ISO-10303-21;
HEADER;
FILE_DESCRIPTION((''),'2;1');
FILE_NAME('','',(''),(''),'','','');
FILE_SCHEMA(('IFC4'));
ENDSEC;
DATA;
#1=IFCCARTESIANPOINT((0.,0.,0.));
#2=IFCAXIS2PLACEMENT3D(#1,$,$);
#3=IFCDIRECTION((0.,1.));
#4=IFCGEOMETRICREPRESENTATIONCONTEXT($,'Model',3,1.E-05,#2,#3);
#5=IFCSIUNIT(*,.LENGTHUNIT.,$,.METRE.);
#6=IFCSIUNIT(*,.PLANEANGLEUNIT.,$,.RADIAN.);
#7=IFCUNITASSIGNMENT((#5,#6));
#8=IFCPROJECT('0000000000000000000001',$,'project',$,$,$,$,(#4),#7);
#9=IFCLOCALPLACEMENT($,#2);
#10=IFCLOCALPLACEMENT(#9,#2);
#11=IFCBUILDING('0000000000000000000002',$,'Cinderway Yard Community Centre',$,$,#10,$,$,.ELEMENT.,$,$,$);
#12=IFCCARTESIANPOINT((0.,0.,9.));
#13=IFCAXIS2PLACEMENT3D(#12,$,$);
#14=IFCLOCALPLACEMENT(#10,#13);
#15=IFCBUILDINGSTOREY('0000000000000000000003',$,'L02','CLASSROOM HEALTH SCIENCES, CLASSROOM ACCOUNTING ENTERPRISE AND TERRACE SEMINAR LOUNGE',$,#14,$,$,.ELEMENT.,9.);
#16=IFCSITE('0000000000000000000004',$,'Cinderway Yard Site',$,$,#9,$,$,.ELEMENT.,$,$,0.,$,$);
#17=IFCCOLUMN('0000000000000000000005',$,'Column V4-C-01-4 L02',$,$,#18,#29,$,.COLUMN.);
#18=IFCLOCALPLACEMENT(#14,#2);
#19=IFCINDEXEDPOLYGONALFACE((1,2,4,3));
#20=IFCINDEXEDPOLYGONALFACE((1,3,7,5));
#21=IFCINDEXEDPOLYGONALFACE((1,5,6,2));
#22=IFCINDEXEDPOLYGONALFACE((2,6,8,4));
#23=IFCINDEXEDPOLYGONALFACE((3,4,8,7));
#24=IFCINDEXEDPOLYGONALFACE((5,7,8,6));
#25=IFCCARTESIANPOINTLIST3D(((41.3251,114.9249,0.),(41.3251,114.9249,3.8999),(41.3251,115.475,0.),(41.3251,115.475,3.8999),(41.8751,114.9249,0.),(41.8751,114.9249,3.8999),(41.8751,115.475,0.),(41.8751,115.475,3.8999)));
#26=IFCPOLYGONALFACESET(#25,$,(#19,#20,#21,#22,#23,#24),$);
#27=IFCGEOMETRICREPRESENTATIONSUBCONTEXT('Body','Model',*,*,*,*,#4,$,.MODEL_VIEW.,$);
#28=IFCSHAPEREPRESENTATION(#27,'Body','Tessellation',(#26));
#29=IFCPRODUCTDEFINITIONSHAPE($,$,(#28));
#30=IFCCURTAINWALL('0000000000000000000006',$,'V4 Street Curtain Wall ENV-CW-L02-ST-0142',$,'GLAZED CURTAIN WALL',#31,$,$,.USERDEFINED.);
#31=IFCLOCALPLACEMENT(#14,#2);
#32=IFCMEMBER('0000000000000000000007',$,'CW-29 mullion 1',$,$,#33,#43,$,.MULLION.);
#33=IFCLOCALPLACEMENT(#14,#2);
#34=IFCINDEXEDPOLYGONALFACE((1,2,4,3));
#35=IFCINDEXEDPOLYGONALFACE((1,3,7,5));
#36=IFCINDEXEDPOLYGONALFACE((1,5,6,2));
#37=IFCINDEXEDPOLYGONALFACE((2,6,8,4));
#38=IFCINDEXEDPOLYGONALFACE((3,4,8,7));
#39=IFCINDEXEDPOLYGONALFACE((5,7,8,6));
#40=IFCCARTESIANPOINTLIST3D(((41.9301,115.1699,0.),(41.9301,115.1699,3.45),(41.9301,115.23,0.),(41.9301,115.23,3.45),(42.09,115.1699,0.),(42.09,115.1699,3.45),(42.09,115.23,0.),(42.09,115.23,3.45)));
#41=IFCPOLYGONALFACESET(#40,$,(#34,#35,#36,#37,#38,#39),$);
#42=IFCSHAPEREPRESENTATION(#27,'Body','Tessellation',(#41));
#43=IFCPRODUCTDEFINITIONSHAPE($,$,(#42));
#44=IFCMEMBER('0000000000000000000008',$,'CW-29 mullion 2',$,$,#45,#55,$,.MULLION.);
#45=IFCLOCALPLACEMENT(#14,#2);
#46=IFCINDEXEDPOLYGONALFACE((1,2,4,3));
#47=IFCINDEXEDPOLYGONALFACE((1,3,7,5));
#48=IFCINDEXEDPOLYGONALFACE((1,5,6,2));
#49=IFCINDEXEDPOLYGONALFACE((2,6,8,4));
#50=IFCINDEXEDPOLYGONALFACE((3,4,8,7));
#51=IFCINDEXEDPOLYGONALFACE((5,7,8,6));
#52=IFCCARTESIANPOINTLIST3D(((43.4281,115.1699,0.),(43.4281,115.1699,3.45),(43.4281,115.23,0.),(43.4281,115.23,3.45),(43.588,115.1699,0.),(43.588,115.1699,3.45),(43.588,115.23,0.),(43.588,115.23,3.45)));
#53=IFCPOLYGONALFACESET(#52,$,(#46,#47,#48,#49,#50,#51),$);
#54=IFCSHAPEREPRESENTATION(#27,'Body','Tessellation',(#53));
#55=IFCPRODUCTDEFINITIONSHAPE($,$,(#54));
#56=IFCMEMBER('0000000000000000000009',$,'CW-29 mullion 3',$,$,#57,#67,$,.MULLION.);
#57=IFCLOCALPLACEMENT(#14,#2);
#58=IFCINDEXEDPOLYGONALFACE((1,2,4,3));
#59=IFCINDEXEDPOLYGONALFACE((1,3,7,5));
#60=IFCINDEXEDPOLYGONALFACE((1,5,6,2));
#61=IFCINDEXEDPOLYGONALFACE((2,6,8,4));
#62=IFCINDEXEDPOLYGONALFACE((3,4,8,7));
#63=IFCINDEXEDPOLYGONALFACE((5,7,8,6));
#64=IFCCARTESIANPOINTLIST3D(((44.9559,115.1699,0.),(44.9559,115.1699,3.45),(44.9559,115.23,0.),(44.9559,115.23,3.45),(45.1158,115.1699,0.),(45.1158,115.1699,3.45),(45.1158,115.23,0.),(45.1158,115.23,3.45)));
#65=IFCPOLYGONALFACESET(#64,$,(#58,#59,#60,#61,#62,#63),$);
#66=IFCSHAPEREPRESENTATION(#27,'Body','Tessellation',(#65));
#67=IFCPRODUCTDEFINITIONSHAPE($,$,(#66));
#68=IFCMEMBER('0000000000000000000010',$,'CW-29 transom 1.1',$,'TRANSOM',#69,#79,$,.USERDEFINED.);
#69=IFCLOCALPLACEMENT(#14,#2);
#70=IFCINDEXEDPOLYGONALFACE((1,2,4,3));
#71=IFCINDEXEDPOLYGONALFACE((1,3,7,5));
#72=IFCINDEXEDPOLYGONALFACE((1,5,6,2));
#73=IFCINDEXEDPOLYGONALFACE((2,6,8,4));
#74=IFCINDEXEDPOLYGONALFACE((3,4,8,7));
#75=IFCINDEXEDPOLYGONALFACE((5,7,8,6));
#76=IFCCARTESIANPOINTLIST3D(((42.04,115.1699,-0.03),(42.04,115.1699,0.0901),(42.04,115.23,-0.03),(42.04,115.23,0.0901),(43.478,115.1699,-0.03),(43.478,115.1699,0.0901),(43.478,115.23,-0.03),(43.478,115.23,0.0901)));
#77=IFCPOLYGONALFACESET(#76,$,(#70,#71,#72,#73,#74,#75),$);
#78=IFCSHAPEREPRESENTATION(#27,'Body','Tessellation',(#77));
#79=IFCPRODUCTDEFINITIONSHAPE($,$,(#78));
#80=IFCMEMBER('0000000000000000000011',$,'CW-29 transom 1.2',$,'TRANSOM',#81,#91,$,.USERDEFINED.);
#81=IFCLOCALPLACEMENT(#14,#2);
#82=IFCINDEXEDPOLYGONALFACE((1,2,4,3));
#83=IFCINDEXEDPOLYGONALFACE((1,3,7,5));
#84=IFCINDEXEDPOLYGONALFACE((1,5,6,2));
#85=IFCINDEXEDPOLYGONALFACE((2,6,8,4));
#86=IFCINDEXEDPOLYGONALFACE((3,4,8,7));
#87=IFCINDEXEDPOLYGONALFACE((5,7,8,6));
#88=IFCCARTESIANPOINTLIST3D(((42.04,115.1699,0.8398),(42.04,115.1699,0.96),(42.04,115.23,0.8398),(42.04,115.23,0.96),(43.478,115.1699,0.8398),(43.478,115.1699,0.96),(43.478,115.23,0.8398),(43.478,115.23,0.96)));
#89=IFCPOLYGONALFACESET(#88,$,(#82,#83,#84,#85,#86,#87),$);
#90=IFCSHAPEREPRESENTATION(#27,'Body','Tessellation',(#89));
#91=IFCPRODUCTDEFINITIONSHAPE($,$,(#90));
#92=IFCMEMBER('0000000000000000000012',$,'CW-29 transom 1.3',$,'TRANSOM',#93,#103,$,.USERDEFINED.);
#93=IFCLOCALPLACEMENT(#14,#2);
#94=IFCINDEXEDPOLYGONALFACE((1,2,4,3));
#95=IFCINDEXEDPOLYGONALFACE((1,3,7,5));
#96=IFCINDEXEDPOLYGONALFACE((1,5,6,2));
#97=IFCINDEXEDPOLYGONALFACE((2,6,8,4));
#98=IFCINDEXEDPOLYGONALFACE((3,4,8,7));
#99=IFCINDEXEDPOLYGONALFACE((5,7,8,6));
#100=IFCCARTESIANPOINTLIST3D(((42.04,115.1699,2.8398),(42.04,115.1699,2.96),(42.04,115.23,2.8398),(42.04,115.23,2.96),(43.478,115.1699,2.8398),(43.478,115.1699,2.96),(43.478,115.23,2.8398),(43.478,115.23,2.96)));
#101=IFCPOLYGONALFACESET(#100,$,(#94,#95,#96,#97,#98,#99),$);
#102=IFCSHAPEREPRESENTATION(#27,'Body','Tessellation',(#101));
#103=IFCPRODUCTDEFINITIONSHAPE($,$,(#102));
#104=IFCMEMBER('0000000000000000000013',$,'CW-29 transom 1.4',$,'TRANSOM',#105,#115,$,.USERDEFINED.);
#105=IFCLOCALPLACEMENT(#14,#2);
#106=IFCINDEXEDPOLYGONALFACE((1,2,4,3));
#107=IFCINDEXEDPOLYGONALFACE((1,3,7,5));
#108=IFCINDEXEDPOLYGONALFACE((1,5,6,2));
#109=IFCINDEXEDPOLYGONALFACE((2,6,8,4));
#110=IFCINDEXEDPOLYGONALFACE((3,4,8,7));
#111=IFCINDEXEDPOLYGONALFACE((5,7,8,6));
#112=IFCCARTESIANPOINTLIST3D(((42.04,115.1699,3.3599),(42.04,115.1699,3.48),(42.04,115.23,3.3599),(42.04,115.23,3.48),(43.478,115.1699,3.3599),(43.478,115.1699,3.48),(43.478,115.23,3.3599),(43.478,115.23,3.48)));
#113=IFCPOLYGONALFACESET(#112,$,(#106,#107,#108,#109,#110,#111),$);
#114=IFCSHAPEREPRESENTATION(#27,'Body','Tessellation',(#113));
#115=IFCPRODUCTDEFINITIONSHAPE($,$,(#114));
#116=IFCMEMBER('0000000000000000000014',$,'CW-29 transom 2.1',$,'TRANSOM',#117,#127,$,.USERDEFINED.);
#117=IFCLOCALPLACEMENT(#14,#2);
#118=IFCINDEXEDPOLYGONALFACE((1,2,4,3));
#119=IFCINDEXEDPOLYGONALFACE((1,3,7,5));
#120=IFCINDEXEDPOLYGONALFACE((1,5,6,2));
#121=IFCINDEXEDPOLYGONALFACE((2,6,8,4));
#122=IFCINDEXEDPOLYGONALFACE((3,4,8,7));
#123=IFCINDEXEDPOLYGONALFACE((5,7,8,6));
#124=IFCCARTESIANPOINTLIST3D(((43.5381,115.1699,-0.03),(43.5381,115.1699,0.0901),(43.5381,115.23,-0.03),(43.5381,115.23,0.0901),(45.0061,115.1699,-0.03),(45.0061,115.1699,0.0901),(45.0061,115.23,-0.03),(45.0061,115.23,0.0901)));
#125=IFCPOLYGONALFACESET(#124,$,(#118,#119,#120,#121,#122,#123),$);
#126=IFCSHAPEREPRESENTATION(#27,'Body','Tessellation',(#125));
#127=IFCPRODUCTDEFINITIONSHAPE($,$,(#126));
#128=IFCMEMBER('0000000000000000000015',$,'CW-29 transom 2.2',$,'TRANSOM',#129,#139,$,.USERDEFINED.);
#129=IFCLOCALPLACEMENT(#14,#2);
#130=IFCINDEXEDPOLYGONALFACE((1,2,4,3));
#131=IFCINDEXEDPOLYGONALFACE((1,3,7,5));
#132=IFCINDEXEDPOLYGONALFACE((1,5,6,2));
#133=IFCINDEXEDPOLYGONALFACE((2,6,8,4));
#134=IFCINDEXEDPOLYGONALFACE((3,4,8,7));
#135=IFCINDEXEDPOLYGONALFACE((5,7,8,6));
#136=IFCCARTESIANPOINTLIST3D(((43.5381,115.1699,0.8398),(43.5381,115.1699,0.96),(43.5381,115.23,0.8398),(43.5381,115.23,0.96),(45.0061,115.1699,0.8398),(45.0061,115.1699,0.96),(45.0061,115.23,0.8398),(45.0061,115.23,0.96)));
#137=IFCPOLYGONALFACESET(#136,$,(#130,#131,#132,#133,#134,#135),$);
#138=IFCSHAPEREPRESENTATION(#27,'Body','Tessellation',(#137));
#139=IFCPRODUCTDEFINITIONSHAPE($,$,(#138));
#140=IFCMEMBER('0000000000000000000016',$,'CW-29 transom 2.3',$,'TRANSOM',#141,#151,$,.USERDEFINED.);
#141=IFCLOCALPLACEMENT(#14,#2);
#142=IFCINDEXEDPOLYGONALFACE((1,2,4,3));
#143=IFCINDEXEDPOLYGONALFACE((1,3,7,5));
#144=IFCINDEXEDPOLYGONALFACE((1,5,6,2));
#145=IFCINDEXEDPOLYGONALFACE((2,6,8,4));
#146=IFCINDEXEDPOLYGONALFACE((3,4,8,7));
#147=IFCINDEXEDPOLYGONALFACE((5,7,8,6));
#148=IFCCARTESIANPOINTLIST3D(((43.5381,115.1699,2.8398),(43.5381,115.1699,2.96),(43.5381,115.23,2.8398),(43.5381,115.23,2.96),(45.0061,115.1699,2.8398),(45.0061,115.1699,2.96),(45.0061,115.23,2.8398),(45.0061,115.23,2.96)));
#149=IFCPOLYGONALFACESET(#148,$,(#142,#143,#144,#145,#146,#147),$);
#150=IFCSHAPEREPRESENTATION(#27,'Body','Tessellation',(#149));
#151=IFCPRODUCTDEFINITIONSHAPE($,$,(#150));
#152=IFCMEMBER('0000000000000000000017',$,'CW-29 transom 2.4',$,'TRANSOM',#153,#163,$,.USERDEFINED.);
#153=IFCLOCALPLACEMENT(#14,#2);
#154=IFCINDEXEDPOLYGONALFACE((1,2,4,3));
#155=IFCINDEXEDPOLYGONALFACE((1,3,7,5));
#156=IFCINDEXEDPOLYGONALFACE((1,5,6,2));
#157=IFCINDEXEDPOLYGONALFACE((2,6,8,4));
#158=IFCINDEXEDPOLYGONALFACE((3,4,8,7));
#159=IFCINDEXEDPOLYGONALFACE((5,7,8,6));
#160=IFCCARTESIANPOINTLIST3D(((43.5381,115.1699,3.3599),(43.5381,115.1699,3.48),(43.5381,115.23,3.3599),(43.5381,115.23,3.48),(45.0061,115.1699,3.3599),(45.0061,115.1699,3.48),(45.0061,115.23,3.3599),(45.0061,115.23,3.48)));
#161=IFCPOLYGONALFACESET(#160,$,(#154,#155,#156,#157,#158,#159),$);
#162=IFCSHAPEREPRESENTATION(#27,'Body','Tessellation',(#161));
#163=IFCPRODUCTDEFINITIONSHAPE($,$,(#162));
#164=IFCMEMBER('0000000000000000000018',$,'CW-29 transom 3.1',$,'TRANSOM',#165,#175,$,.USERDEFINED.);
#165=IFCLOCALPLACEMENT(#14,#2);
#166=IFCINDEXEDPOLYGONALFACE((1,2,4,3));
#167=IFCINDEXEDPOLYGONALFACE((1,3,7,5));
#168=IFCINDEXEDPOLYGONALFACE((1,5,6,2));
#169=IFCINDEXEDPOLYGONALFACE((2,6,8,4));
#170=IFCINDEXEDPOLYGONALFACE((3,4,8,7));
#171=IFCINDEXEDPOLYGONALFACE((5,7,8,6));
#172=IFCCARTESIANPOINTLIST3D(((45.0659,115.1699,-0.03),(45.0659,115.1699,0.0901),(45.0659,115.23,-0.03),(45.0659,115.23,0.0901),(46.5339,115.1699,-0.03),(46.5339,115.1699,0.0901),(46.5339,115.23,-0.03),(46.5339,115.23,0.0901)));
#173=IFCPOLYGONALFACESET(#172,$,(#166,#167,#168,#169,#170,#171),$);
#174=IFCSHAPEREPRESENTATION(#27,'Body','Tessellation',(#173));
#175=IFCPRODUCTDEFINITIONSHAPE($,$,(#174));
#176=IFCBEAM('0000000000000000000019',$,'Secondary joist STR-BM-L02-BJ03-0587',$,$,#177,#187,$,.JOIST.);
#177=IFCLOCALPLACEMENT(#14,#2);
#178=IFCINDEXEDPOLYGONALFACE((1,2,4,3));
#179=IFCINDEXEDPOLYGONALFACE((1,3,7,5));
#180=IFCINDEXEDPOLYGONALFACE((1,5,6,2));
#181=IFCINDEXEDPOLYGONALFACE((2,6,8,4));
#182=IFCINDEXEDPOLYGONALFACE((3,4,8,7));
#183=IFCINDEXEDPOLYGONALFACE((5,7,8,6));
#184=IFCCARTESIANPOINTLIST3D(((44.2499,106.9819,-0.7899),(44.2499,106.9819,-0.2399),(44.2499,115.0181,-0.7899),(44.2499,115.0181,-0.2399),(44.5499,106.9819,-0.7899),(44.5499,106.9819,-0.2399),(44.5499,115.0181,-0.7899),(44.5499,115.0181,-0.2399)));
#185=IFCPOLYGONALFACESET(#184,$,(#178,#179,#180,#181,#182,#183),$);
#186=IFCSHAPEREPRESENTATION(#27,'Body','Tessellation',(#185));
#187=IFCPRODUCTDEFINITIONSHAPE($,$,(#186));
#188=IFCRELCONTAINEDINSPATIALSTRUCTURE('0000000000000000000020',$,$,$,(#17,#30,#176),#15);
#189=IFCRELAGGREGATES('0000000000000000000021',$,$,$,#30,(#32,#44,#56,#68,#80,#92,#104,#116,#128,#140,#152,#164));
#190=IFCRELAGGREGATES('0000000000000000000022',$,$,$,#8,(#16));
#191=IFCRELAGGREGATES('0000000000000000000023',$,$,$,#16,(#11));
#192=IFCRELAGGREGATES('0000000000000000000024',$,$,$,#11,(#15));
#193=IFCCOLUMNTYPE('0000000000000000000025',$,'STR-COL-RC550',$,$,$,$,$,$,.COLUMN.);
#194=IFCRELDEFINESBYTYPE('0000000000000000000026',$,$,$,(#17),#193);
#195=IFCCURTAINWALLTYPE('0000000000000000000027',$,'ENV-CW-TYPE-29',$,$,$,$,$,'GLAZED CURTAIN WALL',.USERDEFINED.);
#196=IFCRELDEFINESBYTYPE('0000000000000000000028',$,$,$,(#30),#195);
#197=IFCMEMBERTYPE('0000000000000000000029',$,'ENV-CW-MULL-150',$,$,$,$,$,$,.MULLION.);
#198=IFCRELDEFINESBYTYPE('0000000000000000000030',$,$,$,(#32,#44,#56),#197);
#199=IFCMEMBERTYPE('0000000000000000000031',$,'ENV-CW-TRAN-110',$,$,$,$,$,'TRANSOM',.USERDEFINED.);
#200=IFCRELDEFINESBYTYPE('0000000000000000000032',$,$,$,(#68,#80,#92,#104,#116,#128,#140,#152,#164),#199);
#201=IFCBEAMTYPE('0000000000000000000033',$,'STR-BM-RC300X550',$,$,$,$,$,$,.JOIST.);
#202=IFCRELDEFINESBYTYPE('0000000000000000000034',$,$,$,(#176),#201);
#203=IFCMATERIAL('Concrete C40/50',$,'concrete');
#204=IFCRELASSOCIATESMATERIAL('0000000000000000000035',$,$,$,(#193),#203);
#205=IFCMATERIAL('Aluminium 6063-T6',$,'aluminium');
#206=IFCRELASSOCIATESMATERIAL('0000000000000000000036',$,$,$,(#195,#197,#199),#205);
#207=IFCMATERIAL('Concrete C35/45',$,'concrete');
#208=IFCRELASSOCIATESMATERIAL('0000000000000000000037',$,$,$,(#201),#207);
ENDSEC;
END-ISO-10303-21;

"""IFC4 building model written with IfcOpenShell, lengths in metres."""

from ifc_helpers import new_model, si_unit, direction, frame, origin, origin_2d, place, context, subcontext, project, spatial, rectangle, extrude, material, material_profile, profile_set, type_object, element, aggregate, save


model = new_model("IFC4")

# Units and contexts
model_context = context("Model", 3, precision=1e-05, world=origin(), true_north=direction((0.0, 1.0)))
body_context = subcontext(model_context, "Body", "Model", "MODEL_VIEW")
ifc_project = project(units=[si_unit("LENGTHUNIT", "METRE"), si_unit("PLANEANGLEUNIT", "RADIAN")], contexts=[model_context])

# Site, building, storey
site_placement = place(None, origin())
site = spatial("IfcSite", under=ifc_project, at=site_placement, Name="Cinderway Yard Site", CompositionType="ELEMENT", RefElevation=0.0)
building_placement = place(site_placement, origin())
building = spatial("IfcBuilding", under=site, at=building_placement, Name="Cinderway Yard Community Centre", CompositionType="ELEMENT")
storey_placement = place(building_placement, frame((0.0, 0.0, 9.0)))
storey = spatial("IfcBuildingStorey", under=building, at=storey_placement, Name="L02", Description="CLASSROOM HEALTH SCIENCES, CLASSROOM ACCOUNTING ENTERPRISE AND TERRACE SEMINAR LOUNGE", CompositionType="ELEMENT", Elevation=9.0)

# Column
ifc_material_1 = material(Name="Concrete C40/50", Category="concrete")
ifc_material_profile_1 = material_profile(ifc_material_1, rectangle(XDim=0.55, YDim=0.55, at=origin_2d()), Name="Concrete C40/50")
ifc_profile_set_1 = profile_set([ifc_material_profile_1], Name="Concrete C40/50")
column_type = type_object("IfcColumnType", Name="STR-COL-RC550", PredefinedType="COLUMN", material=ifc_profile_set_1)
column_placement = place(storey_placement, frame((41.6001, 115.2, 0.0), z_axis=(0.0, 0.0, 1.0), x_axis=(1.0, 0.0, 0.0)))
element("IfcColumn", 1, at=column_placement, inside=storey, type_object=column_type, Name="Column V4-C-01-4 L02", PredefinedType="COLUMN", context=body_context, shape_type="SweptSolid", body=[
    extrude(rectangle(XDim=0.55, YDim=0.55, at=origin_2d()), origin(), (0.0, 0.0, 1.0), 3.8999),
])

# Curtain wall, members
ifc_material_2 = material(Name="Aluminium 6063-T6", Category="aluminium")
curtain_wall_type = type_object("IfcCurtainWallType", Name="ENV-CW-TYPE-29", ElementType="GLAZED CURTAIN WALL", PredefinedType="USERDEFINED", material=ifc_material_2)
curtain_wall_placement = place(storey_placement, origin())
curtain_wall = element("IfcCurtainWall", 2, at=curtain_wall_placement, inside=storey, type_object=curtain_wall_type, Name="V4 Street Curtain Wall ENV-CW-L02-ST-0142", ObjectType="GLAZED CURTAIN WALL", PredefinedType="USERDEFINED")
ifc_material_profile_2 = material_profile(ifc_material_2, rectangle(XDim=0.0601, YDim=0.1599, at=origin_2d()), Name="Aluminium 6063-T6")
ifc_profile_set_2 = profile_set([ifc_material_profile_2], Name="Aluminium 6063-T6")
member_type_1 = type_object("IfcMemberType", Name="ENV-CW-MULL-150", PredefinedType="MULLION", material=ifc_profile_set_2)
member_1_placement = place(storey_placement, frame((42.01, 115.2, 0.0), z_axis=(0.0, 0.0, 1.0), x_axis=(0.0, 1.0, 0.0)))
member_1 = element("IfcMember", 3, at=member_1_placement, type_object=member_type_1, Name="CW-29 mullion 1", PredefinedType="MULLION", context=body_context, shape_type="SweptSolid", body=[
    extrude(rectangle(XDim=0.0601, YDim=0.1599, at=origin_2d()), origin(), (0.0, 0.0, 1.0), 3.45),
])
member_2_placement = place(storey_placement, frame((43.5081, 115.2, 0.0), z_axis=(0.0, 0.0, 1.0), x_axis=(0.0, 1.0, 0.0)))
member_2 = element("IfcMember", 4, at=member_2_placement, type_object=member_type_1, Name="CW-29 mullion 2", PredefinedType="MULLION", context=body_context, shape_type="SweptSolid", body=[
    extrude(rectangle(XDim=0.0601, YDim=0.1599, at=origin_2d()), origin(), (0.0, 0.0, 1.0), 3.45),
])
member_3_placement = place(storey_placement, frame((45.0359, 115.2, 0.0), z_axis=(0.0, 0.0, 1.0), x_axis=(0.0, 1.0, 0.0)))
member_3 = element("IfcMember", 5, at=member_3_placement, type_object=member_type_1, Name="CW-29 mullion 3", PredefinedType="MULLION", context=body_context, shape_type="SweptSolid", body=[
    extrude(rectangle(XDim=0.0601, YDim=0.1599, at=origin_2d()), origin(), (0.0, 0.0, 1.0), 3.45),
])
ifc_material_profile_3 = material_profile(ifc_material_2, rectangle(XDim=0.0601, YDim=0.1201, at=origin_2d()), Name="Aluminium 6063-T6")
ifc_profile_set_3 = profile_set([ifc_material_profile_3], Name="Aluminium 6063-T6")
member_type_2 = type_object("IfcMemberType", Name="ENV-CW-TRAN-110", ElementType="TRANSOM", PredefinedType="USERDEFINED", material=ifc_profile_set_3)
member_4_placement = place(storey_placement, frame((42.04, 115.2, 0.03), z_axis=(1.0, 0.0, 0.0), x_axis=(0.0, 1.0, 0.0)))
member_4 = element("IfcMember", 6, at=member_4_placement, type_object=member_type_2, Name="CW-29 transom 1.1", ObjectType="TRANSOM", PredefinedType="USERDEFINED", context=body_context, shape_type="SweptSolid", body=[
    extrude(rectangle(XDim=0.0601, YDim=0.1201, at=origin_2d()), origin(), (0.0, 0.0, 1.0), 1.438),
])
member_5_placement = place(storey_placement, frame((42.04, 115.2, 0.8999), z_axis=(1.0, 0.0, 0.0), x_axis=(0.0, 1.0, 0.0)))
member_5 = element("IfcMember", 7, at=member_5_placement, type_object=member_type_2, Name="CW-29 transom 1.2", ObjectType="TRANSOM", PredefinedType="USERDEFINED", context=body_context, shape_type="SweptSolid", body=[
    extrude(rectangle(XDim=0.0601, YDim=0.1201, at=origin_2d()), origin(), (0.0, 0.0, 1.0), 1.438),
])
member_6_placement = place(storey_placement, frame((42.04, 115.2, 2.8999), z_axis=(1.0, 0.0, 0.0), x_axis=(0.0, 1.0, 0.0)))
member_6 = element("IfcMember", 8, at=member_6_placement, type_object=member_type_2, Name="CW-29 transom 1.3", ObjectType="TRANSOM", PredefinedType="USERDEFINED", context=body_context, shape_type="SweptSolid", body=[
    extrude(rectangle(XDim=0.0601, YDim=0.1201, at=origin_2d()), origin(), (0.0, 0.0, 1.0), 1.438),
])
member_7_placement = place(storey_placement, frame((42.04, 115.2, 3.4199), z_axis=(1.0, 0.0, 0.0), x_axis=(0.0, 1.0, 0.0)))
member_7 = element("IfcMember", 9, at=member_7_placement, type_object=member_type_2, Name="CW-29 transom 1.4", ObjectType="TRANSOM", PredefinedType="USERDEFINED", context=body_context, shape_type="SweptSolid", body=[
    extrude(rectangle(XDim=0.0601, YDim=0.1201, at=origin_2d()), origin(), (0.0, 0.0, 1.0), 1.438),
])
member_8_placement = place(storey_placement, frame((43.5381, 115.2, 0.03), z_axis=(1.0, 0.0, 0.0), x_axis=(0.0, 1.0, 0.0)))
member_8 = element("IfcMember", 10, at=member_8_placement, type_object=member_type_2, Name="CW-29 transom 2.1", ObjectType="TRANSOM", PredefinedType="USERDEFINED", context=body_context, shape_type="SweptSolid", body=[
    extrude(rectangle(XDim=0.0601, YDim=0.1201, at=origin_2d()), origin(), (0.0, 0.0, 1.0), 1.468),
])
member_9_placement = place(storey_placement, frame((43.5381, 115.2, 0.8999), z_axis=(1.0, 0.0, 0.0), x_axis=(0.0, 1.0, 0.0)))
member_9 = element("IfcMember", 11, at=member_9_placement, type_object=member_type_2, Name="CW-29 transom 2.2", ObjectType="TRANSOM", PredefinedType="USERDEFINED", context=body_context, shape_type="SweptSolid", body=[
    extrude(rectangle(XDim=0.0601, YDim=0.1201, at=origin_2d()), origin(), (0.0, 0.0, 1.0), 1.468),
])
member_10_placement = place(storey_placement, frame((43.5381, 115.2, 2.8999), z_axis=(1.0, 0.0, 0.0), x_axis=(0.0, 1.0, 0.0)))
member_10 = element("IfcMember", 12, at=member_10_placement, type_object=member_type_2, Name="CW-29 transom 2.3", ObjectType="TRANSOM", PredefinedType="USERDEFINED", context=body_context, shape_type="SweptSolid", body=[
    extrude(rectangle(XDim=0.0601, YDim=0.1201, at=origin_2d()), origin(), (0.0, 0.0, 1.0), 1.468),
])
member_11_placement = place(storey_placement, frame((43.5381, 115.2, 3.4199), z_axis=(1.0, 0.0, 0.0), x_axis=(0.0, 1.0, 0.0)))
member_11 = element("IfcMember", 13, at=member_11_placement, type_object=member_type_2, Name="CW-29 transom 2.4", ObjectType="TRANSOM", PredefinedType="USERDEFINED", context=body_context, shape_type="SweptSolid", body=[
    extrude(rectangle(XDim=0.0601, YDim=0.1201, at=origin_2d()), origin(), (0.0, 0.0, 1.0), 1.468),
])
member_12_placement = place(storey_placement, frame((45.0659, 115.2, 0.03), z_axis=(1.0, 0.0, 0.0), x_axis=(0.0, 1.0, 0.0)))
member_12 = element("IfcMember", 14, at=member_12_placement, type_object=member_type_2, Name="CW-29 transom 3.1", ObjectType="TRANSOM", PredefinedType="USERDEFINED", context=body_context, shape_type="SweptSolid", body=[
    extrude(rectangle(XDim=0.0601, YDim=0.1201, at=origin_2d()), origin(), (0.0, 0.0, 1.0), 1.468),
])

# Beam
ifc_material_3 = material(Name="Concrete C35/45", Category="concrete")
ifc_material_profile_4 = material_profile(ifc_material_3, rectangle(XDim=0.3, YDim=0.55, at=origin_2d()), Name="Concrete C35/45")
ifc_profile_set_4 = profile_set([ifc_material_profile_4], Name="Concrete C35/45")
beam_type_1 = type_object("IfcBeamType", Name="STR-BM-RC300X550", PredefinedType="JOIST", material=ifc_profile_set_4)
for number, where, z_axis, x_axis, name in (
    (15, (44.3999, 106.9819, -0.5149), (0.0, 1.0, 0.0), (-1.0, 0.0, 0.0), "Secondary joist STR-BM-L02-BJ03-0587"),
):
    element("IfcBeam", number, at=place(storey_placement, frame(where, z_axis=z_axis, x_axis=x_axis)), inside=storey, type_object=beam_type_1, Name=name, PredefinedType="JOIST", context=body_context, shape_type="SweptSolid", body=[
        extrude(rectangle(XDim=0.3, YDim=0.55, at=origin_2d()), origin(), (0.0, 0.0, 1.0), 8.0361),
    ])

aggregate(curtain_wall, [member_1, member_2, member_3, member_4, member_5, member_6, member_7, member_8, member_9, member_10, member_11, member_12])

save(model, "model.ifc")
